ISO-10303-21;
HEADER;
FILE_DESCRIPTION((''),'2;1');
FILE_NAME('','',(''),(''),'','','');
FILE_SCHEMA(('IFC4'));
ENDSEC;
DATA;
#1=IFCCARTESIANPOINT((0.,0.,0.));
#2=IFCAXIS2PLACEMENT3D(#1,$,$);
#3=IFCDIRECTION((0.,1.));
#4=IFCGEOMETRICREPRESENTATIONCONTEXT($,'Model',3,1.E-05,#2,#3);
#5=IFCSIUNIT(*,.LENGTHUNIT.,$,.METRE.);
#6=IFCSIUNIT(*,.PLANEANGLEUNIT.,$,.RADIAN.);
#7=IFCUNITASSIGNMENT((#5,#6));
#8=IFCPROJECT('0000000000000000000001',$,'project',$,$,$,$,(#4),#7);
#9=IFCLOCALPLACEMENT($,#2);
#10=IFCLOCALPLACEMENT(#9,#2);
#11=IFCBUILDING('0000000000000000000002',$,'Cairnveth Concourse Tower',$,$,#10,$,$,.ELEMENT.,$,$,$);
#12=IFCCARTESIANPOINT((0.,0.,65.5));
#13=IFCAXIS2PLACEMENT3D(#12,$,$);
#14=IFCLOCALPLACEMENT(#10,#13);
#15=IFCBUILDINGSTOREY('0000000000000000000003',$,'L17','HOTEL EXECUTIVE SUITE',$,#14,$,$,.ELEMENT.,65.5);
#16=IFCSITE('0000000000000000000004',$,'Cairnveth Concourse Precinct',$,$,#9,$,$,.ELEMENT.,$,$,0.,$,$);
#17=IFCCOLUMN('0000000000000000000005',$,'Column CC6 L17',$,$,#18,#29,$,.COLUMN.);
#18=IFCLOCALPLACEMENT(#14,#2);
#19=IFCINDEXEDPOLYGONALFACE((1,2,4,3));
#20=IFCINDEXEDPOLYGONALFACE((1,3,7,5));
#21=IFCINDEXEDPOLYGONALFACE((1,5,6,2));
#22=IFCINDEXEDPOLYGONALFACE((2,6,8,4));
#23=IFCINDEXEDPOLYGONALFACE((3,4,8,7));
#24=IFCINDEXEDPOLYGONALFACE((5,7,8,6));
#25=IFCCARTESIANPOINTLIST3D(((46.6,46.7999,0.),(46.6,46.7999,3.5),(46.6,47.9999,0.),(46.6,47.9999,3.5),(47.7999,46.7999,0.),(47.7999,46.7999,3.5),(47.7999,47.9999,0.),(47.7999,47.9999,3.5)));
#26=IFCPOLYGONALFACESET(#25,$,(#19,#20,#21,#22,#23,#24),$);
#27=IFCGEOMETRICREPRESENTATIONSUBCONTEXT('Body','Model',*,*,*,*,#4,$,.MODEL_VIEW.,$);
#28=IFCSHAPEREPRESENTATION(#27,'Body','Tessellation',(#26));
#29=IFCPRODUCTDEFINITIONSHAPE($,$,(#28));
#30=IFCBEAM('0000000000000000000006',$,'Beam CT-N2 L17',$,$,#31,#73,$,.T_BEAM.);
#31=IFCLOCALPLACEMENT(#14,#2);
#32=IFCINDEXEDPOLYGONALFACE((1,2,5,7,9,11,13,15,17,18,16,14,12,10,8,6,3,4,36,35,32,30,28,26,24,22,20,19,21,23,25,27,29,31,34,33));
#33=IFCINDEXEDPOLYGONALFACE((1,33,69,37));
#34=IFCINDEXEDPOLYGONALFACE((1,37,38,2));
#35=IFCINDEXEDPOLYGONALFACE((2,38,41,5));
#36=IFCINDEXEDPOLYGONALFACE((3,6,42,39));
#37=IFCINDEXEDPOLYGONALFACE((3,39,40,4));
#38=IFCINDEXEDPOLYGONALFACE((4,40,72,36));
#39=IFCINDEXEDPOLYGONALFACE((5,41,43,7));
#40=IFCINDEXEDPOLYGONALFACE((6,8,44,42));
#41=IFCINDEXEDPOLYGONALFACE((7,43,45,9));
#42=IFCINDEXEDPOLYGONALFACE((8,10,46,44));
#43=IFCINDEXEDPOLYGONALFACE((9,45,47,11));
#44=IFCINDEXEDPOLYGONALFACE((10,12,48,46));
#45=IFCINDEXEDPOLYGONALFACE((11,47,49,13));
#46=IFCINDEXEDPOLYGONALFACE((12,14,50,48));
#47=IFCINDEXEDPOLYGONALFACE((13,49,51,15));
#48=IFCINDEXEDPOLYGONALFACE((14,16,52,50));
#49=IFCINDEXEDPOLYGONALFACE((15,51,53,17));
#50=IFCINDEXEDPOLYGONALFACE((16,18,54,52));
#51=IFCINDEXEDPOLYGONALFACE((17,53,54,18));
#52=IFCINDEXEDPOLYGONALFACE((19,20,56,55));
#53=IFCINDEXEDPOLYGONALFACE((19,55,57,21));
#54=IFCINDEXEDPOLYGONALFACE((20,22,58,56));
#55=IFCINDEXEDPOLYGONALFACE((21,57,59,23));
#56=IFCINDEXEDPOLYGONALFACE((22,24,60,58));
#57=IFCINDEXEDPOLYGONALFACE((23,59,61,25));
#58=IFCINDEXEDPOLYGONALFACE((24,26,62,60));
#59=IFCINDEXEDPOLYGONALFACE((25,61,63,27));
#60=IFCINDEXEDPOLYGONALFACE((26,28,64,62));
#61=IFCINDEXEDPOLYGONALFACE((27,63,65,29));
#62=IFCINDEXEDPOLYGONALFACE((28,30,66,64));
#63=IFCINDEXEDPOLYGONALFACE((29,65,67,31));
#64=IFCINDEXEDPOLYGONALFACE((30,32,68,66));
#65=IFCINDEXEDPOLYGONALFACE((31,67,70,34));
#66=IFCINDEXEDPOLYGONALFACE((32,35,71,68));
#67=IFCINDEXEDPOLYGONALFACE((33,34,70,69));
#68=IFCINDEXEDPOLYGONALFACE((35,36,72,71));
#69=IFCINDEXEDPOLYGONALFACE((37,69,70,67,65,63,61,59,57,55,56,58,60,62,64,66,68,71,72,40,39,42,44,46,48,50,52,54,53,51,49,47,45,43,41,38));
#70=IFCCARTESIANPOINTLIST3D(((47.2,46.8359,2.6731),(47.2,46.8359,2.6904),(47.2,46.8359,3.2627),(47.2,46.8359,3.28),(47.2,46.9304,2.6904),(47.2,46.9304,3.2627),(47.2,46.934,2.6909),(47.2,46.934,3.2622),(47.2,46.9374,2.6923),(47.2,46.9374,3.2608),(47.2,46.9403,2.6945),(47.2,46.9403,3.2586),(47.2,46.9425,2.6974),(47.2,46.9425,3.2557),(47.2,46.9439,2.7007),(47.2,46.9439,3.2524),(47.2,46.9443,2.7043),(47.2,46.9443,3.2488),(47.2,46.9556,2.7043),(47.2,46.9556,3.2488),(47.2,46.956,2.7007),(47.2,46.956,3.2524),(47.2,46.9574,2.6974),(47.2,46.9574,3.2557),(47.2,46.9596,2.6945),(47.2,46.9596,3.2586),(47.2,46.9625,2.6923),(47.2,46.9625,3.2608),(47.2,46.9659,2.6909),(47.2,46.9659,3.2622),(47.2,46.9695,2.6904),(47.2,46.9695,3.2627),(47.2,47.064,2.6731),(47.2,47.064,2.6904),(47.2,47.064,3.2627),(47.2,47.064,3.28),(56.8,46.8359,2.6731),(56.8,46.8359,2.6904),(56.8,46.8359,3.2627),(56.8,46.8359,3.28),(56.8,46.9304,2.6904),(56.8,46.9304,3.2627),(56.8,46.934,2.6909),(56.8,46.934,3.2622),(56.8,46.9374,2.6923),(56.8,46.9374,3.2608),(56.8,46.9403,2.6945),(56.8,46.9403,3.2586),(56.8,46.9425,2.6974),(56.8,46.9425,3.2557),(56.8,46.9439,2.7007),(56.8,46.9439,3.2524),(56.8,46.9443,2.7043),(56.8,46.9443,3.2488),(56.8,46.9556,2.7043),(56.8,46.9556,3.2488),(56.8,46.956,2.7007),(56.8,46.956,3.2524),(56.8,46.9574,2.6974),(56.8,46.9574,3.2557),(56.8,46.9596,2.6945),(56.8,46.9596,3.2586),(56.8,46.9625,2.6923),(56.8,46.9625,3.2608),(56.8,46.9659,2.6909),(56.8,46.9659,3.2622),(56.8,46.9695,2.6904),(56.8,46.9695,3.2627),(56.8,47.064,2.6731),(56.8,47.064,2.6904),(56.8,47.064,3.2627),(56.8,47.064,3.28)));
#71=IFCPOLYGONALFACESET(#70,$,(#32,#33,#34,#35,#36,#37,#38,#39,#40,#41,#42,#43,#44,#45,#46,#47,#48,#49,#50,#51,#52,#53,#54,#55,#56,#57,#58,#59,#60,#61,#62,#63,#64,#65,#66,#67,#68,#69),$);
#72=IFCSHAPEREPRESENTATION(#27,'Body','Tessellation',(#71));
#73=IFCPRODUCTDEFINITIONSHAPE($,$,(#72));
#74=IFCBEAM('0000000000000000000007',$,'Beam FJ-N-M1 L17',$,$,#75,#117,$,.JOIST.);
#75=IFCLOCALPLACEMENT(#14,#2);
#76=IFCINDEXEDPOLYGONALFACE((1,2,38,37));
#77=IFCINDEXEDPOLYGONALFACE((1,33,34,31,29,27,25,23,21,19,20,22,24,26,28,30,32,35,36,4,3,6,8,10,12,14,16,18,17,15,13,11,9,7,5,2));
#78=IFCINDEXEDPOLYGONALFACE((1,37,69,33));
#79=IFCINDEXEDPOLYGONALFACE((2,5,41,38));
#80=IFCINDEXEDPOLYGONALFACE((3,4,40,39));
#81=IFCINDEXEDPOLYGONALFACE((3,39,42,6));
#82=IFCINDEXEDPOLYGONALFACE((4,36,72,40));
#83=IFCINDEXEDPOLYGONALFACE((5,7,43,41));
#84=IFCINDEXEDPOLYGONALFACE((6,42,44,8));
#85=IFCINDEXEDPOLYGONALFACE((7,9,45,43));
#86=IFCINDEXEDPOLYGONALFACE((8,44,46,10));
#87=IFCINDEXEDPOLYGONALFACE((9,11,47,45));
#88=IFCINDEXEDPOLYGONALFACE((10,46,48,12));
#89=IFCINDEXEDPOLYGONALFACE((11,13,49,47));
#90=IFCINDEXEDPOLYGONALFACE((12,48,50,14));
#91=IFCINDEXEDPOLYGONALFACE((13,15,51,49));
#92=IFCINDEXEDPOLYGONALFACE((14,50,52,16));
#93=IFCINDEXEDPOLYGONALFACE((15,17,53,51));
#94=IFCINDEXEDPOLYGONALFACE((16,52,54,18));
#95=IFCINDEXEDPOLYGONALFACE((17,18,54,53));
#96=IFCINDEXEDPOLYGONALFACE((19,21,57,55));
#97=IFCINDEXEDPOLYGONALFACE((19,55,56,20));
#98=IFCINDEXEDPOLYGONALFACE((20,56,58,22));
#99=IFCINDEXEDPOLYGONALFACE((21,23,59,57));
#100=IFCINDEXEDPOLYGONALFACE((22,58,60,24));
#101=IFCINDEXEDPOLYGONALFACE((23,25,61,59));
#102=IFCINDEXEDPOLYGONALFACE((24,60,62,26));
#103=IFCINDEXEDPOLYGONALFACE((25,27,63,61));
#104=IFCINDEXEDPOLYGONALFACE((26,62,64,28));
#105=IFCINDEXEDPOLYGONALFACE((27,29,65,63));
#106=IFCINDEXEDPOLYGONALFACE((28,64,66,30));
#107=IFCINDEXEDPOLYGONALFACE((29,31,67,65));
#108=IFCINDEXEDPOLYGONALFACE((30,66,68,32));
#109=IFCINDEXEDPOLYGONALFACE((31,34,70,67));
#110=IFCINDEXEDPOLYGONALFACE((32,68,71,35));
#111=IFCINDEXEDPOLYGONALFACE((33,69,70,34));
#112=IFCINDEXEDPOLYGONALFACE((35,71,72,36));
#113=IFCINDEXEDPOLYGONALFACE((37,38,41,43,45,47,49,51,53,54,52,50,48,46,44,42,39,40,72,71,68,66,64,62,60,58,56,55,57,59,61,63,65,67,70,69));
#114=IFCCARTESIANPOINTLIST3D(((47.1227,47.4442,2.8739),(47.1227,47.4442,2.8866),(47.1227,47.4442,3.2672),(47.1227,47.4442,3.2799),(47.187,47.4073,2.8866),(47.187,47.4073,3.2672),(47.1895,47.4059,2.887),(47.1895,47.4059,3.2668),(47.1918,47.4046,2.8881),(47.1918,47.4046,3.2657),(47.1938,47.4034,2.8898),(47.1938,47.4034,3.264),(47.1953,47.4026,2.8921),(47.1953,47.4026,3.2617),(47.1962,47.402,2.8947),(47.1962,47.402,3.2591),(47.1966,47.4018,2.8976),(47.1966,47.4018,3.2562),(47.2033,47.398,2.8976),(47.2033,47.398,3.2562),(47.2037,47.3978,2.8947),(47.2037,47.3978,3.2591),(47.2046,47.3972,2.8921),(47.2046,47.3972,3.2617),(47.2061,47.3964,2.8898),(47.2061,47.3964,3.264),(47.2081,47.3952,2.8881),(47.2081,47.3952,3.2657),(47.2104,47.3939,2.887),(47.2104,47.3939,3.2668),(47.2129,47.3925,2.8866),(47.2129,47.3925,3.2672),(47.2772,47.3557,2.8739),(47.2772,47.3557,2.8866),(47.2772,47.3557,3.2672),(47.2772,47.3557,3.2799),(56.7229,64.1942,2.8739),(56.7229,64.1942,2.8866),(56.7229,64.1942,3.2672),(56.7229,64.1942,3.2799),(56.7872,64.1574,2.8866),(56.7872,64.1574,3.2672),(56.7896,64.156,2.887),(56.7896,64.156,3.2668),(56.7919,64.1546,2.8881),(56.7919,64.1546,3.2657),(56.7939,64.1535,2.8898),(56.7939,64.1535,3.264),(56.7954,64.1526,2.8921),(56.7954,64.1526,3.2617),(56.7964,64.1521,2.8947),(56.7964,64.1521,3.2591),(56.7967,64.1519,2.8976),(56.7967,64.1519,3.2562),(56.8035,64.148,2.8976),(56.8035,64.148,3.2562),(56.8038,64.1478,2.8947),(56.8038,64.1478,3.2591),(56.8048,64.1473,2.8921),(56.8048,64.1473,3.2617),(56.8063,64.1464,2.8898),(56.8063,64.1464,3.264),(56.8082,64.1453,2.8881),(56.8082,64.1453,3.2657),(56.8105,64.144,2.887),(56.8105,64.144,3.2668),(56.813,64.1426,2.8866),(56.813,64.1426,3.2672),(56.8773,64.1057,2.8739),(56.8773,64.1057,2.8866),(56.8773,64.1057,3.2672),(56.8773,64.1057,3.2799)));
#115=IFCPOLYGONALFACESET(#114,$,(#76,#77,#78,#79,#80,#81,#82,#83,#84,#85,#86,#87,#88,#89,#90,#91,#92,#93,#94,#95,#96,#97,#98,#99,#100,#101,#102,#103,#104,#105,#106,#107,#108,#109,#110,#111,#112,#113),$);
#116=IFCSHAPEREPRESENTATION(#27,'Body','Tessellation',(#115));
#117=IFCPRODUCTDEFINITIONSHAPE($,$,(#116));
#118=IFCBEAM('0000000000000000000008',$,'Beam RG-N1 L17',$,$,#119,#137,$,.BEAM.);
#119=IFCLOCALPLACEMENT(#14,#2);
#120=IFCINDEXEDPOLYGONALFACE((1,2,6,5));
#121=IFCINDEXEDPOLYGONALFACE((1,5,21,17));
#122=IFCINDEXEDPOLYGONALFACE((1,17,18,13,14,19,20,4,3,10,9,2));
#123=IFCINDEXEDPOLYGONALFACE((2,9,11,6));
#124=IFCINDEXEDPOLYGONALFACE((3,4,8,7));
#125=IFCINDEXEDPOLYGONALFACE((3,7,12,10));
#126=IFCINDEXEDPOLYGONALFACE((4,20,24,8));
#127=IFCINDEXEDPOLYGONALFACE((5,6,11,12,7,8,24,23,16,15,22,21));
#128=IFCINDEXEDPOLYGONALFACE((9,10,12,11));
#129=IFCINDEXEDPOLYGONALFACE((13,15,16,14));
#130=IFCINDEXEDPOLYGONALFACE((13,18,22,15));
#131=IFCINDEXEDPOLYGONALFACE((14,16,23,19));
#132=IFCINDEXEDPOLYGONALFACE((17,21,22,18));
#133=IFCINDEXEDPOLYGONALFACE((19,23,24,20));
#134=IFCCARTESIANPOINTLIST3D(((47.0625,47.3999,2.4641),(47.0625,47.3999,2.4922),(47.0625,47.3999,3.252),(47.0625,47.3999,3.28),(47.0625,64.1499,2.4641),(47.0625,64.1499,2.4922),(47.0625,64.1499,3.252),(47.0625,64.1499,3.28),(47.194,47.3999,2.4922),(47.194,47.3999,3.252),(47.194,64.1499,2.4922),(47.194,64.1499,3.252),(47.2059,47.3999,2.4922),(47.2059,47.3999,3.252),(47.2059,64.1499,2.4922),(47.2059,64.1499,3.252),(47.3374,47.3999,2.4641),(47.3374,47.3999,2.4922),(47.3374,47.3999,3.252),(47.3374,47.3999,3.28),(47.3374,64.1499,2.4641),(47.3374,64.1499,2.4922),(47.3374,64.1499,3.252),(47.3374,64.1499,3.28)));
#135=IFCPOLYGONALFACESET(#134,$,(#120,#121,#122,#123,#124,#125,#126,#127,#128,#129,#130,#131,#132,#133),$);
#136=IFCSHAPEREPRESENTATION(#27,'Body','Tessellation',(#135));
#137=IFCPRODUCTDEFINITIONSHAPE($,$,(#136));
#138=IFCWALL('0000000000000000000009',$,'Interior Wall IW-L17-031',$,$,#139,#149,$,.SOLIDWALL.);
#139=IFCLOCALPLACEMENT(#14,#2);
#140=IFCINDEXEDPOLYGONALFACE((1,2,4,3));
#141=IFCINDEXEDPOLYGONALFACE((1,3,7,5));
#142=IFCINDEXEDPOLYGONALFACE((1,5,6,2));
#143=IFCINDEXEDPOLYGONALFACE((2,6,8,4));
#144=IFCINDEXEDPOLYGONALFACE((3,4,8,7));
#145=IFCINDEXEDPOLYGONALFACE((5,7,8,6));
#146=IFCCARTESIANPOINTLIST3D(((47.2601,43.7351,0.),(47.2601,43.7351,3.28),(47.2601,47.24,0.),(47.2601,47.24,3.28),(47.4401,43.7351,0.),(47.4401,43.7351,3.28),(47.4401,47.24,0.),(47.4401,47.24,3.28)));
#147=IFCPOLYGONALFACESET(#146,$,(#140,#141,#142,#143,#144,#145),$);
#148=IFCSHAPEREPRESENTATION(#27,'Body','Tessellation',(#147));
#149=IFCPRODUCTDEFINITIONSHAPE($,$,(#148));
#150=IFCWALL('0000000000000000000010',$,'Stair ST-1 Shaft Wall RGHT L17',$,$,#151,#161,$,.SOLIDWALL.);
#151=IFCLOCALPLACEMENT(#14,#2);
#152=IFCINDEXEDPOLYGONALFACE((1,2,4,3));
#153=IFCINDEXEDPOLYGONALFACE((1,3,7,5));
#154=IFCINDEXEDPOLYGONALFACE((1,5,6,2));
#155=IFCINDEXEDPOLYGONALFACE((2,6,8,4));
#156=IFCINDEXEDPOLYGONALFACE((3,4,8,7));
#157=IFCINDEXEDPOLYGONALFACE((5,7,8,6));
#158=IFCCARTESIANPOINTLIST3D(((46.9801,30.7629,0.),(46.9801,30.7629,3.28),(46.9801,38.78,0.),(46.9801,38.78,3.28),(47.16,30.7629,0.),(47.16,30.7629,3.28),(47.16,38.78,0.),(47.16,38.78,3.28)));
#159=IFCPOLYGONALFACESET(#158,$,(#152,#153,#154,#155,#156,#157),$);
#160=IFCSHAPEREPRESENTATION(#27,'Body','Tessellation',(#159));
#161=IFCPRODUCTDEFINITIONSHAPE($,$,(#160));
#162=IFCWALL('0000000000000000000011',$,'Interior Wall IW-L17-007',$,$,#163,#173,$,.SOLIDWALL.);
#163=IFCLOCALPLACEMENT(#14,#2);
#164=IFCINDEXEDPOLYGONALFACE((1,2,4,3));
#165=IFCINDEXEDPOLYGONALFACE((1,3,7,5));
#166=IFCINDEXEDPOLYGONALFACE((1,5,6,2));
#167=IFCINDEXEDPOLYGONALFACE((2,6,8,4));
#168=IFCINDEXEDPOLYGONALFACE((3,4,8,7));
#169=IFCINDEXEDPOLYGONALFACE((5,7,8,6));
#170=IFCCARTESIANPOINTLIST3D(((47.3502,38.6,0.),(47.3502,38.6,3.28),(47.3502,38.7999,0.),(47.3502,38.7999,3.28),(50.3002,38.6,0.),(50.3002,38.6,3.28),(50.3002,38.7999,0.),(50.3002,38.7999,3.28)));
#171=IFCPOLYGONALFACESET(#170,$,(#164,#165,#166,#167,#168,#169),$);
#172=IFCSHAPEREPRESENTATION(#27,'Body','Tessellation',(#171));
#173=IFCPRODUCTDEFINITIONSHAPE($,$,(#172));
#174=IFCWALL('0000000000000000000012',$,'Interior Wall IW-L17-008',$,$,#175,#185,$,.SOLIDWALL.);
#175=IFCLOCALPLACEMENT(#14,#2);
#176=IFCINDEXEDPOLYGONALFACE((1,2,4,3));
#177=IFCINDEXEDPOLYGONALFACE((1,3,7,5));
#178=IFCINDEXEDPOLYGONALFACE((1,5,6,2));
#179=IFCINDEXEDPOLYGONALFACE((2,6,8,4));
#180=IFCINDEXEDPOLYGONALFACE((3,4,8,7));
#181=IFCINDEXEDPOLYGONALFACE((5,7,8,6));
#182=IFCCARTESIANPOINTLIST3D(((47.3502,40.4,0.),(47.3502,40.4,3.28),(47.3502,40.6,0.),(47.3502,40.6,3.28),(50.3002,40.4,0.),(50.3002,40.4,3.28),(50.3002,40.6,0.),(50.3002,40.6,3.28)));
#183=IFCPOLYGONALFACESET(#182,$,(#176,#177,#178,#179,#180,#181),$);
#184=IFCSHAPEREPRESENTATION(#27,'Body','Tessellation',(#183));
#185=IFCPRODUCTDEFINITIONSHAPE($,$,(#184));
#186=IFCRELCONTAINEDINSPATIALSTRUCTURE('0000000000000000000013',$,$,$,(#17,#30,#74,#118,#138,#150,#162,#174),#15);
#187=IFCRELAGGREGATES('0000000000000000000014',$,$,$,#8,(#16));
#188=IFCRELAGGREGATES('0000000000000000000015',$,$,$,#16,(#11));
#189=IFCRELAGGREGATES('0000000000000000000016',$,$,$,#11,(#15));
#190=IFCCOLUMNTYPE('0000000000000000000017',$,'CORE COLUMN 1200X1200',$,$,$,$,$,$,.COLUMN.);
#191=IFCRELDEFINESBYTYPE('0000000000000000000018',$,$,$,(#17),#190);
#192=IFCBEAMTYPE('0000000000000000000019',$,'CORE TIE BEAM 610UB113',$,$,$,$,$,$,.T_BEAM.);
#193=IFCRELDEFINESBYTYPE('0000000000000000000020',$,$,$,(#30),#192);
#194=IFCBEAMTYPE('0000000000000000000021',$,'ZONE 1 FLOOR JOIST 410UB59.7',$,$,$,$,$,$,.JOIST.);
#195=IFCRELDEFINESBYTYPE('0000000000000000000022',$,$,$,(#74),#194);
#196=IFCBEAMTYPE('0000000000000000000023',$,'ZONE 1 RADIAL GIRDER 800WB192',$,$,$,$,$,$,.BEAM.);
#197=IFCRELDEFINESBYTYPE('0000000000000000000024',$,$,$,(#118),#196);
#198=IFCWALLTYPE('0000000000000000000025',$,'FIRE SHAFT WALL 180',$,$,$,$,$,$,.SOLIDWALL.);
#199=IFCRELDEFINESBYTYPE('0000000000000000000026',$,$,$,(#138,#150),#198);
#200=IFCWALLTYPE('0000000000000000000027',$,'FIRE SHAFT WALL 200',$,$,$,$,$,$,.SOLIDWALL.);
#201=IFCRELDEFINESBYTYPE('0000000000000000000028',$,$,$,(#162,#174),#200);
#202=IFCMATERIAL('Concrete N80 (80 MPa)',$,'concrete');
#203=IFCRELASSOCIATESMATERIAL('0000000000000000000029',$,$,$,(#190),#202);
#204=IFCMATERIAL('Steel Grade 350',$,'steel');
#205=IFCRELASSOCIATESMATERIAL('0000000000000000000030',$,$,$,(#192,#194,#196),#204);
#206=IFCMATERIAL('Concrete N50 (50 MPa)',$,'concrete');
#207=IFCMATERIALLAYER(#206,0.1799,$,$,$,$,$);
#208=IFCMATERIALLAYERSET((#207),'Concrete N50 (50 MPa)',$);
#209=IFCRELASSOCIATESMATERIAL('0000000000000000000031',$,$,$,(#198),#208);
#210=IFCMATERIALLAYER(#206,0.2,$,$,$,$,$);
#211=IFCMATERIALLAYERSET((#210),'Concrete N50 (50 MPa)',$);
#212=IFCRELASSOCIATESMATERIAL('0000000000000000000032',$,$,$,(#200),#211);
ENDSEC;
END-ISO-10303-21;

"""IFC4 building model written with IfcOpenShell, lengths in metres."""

from ifc_helpers import new_model, si_unit, direction, frame, frame_2d, origin, origin_2d, place, context, subcontext, project, spatial, rectangle, i_section, extrude, material, layer, layer_set, material_profile, profile_set, type_object, element, save


model = new_model("IFC4")

# Units and contexts
model_context = context("Model", 3, precision=1e-05, world=origin(), true_north=direction((0.0, 1.0)))
body_context = subcontext(model_context, "Body", "Model", "MODEL_VIEW")
ifc_project = project(units=[si_unit("LENGTHUNIT", "METRE"), si_unit("PLANEANGLEUNIT", "RADIAN")], contexts=[model_context])

# Site, building, storey
site_placement = place(None, origin())
site = spatial("IfcSite", under=ifc_project, at=site_placement, Name="Cairnveth Concourse Precinct", CompositionType="ELEMENT", RefElevation=0.0)
building_placement = place(site_placement, origin())
building = spatial("IfcBuilding", under=site, at=building_placement, Name="Cairnveth Concourse Tower", CompositionType="ELEMENT")
storey_placement = place(building_placement, frame((0.0, 0.0, 65.5)))
storey = spatial("IfcBuildingStorey", under=building, at=storey_placement, Name="L17", Description="HOTEL EXECUTIVE SUITE", CompositionType="ELEMENT", Elevation=65.5)

# Column
ifc_material_1 = material(Name="Concrete N80 (80 MPa)", Category="concrete")
ifc_material_profile_1 = material_profile(ifc_material_1, rectangle(XDim=1.2, YDim=1.2, at=origin_2d()), Name="RC-COL-1200x1200")
ifc_profile_set_1 = profile_set([ifc_material_profile_1], Name="Concrete N80 (80 MPa)")
column_type = type_object("IfcColumnType", Name="CORE COLUMN 1200X1200", PredefinedType="COLUMN", material=ifc_profile_set_1)
column_placement = place(storey_placement, frame((47.2, 47.3999, 0.0), z_axis=(0.0, 0.0, 1.0), x_axis=(1.0, 0.0, 0.0)))
element("IfcColumn", 1, at=column_placement, inside=storey, type_object=column_type, Name="Column CC6 L17", PredefinedType="COLUMN", context=body_context, shape_type="SweptSolid", body=[
    extrude(rectangle(XDim=1.2, YDim=1.2, at=origin_2d()), origin(), (0.0, 0.0, 1.0), 3.5),
])

# Beams
ifc_material_2 = material(Name="Steel Grade 350", Category="steel")
ifc_material_profile_2 = material_profile(ifc_material_2, i_section(OverallWidth=0.228, OverallDepth=0.6069, WebThickness=0.0112, FlangeThickness=0.0173, FilletRadius=0.0139, at=origin_2d()), Name="610UB113")
ifc_profile_set_2 = profile_set([ifc_material_profile_2], Name="Steel Grade 350")
beam_type_1 = type_object("IfcBeamType", Name="CORE TIE BEAM 610UB113", PredefinedType="T_BEAM", material=ifc_profile_set_2)
beam_1_placement = place(storey_placement, frame((47.2, 46.95, 2.9766), z_axis=(1.0, 0.0, 0.0), x_axis=(0.0, 1.0, 0.0)))
element("IfcBeam", 2, at=beam_1_placement, inside=storey, type_object=beam_type_1, Name="Beam CT-N2 L17", PredefinedType="T_BEAM", context=body_context, shape_type="SweptSolid", body=[
    extrude(i_section(OverallWidth=0.228, OverallDepth=0.6069, WebThickness=0.0112, FlangeThickness=0.0173, FilletRadius=0.0139, at=origin_2d()), origin(), (0.0, 0.0, 1.0), 9.6001),
])
ifc_material_profile_3 = material_profile(ifc_material_2, i_section(OverallWidth=0.178, OverallDepth=0.406, WebThickness=0.0078, FlangeThickness=0.0127, FilletRadius=0.011, at=origin_2d()), Name="410UB59.7")
ifc_profile_set_3 = profile_set([ifc_material_profile_3], Name="Steel Grade 350")
beam_type_2 = type_object("IfcBeamType", Name="ZONE 1 FLOOR JOIST 410UB59.7", PredefinedType="JOIST", material=ifc_profile_set_3)
beam_2_placement = place(storey_placement, frame((47.2, 47.3999, 3.0769), z_axis=(0.497258, 0.867603, 0.0), x_axis=(-0.867603, 0.497258, 0.0)))
element("IfcBeam", 3, at=beam_2_placement, inside=storey, type_object=beam_type_2, Name="Beam FJ-N-M1 L17", PredefinedType="JOIST", context=body_context, shape_type="SweptSolid", body=[
    extrude(i_section(OverallWidth=0.178, OverallDepth=0.406, WebThickness=0.0078, FlangeThickness=0.0127, FilletRadius=0.011, at=origin_2d()), origin(), (0.0, 0.0, 1.0), 19.3062),
])
ifc_material_profile_4 = material_profile(ifc_material_2, i_section(OverallWidth=0.2749, OverallDepth=0.8159, WebThickness=0.012, FlangeThickness=0.0281, at=origin_2d()), Name="800WB192")
ifc_profile_set_4 = profile_set([ifc_material_profile_4], Name="Steel Grade 350")
beam_type_3 = type_object("IfcBeamType", Name="ZONE 1 RADIAL GIRDER 800WB192", PredefinedType="BEAM", material=ifc_profile_set_4)
beam_3_placement = place(storey_placement, frame((47.2, 47.3999, 2.8721), z_axis=(0.0, 1.0, 0.0), x_axis=(-1.0, 0.0, 0.0)))
element("IfcBeam", 4, at=beam_3_placement, inside=storey, type_object=beam_type_3, Name="Beam RG-N1 L17", PredefinedType="BEAM", context=body_context, shape_type="SweptSolid", body=[
    extrude(i_section(OverallWidth=0.2749, OverallDepth=0.8159, WebThickness=0.012, FlangeThickness=0.0281, at=origin_2d()), origin(), (0.0, 0.0, 1.0), 16.75),
])

# Wall
ifc_material_3 = material(Name="Concrete N50 (50 MPa)", Category="concrete")
ifc_layer_1 = layer(ifc_material_3, 0.1799)
ifc_layer_set_1 = layer_set([ifc_layer_1], Name="Concrete N50 (50 MPa)")
wall_type_1 = type_object("IfcWallType", Name="FIRE SHAFT WALL 180", PredefinedType="SOLIDWALL", material=ifc_layer_set_1)
wall_1_placement = place(storey_placement, frame((47.3501, 43.7351, 0.0), z_axis=(0.0, 0.0, 1.0), x_axis=(0.0, 1.0, 0.0)))
element("IfcWall", 5, at=wall_1_placement, inside=storey, type_object=wall_type_1, Name="Interior Wall IW-L17-031", PredefinedType="SOLIDWALL", context=body_context, shape_type="SweptSolid", body=[
    extrude(rectangle(XDim=3.5049, YDim=0.1799, at=frame_2d((1.7524, 0.0))), origin(), (0.0, 0.0, 1.0), 3.28),
])

# Walls
wall_2_placement = place(storey_placement, frame((47.0701, 38.78, 0.0), z_axis=(0.0, 0.0, 1.0), x_axis=(0.0, -1.0, 0.0)))
element("IfcWall", 6, at=wall_2_placement, inside=storey, type_object=wall_type_1, Name="Stair ST-1 Shaft Wall RGHT L17", PredefinedType="SOLIDWALL", context=body_context, shape_type="SweptSolid", body=[
    extrude(rectangle(XDim=8.0171, YDim=0.1799, at=frame_2d((4.0085, 0.0))), origin(), (0.0, 0.0, 1.0), 3.28),
])
ifc_layer_2 = layer(ifc_material_3, 0.2)
ifc_layer_set_2 = layer_set([ifc_layer_2], Name="Concrete N50 (50 MPa)")
wall_type_2 = type_object("IfcWallType", Name="FIRE SHAFT WALL 200", PredefinedType="SOLIDWALL", material=ifc_layer_set_2)
for number, where, z_axis, x_axis, name in (
    (7, (47.3501, 38.7, 0.0), (0.0, 0.0, 1.0), (1.0, 0.0, 0.0), "Interior Wall IW-L17-007"),
    (8, (47.3501, 40.5, 0.0), (0.0, 0.0, 1.0), (1.0, 0.0, 0.0), "Interior Wall IW-L17-008"),
):
    element("IfcWall", number, at=place(storey_placement, frame(where, z_axis=z_axis, x_axis=x_axis)), inside=storey, type_object=wall_type_2, Name=name, PredefinedType="SOLIDWALL", context=body_context, shape_type="SweptSolid", body=[
        extrude(rectangle(XDim=2.95, YDim=0.2, at=frame_2d((1.4751, 0.0))), origin(), (0.0, 0.0, 1.0), 3.28),
    ])

save(model, "model.ifc")
